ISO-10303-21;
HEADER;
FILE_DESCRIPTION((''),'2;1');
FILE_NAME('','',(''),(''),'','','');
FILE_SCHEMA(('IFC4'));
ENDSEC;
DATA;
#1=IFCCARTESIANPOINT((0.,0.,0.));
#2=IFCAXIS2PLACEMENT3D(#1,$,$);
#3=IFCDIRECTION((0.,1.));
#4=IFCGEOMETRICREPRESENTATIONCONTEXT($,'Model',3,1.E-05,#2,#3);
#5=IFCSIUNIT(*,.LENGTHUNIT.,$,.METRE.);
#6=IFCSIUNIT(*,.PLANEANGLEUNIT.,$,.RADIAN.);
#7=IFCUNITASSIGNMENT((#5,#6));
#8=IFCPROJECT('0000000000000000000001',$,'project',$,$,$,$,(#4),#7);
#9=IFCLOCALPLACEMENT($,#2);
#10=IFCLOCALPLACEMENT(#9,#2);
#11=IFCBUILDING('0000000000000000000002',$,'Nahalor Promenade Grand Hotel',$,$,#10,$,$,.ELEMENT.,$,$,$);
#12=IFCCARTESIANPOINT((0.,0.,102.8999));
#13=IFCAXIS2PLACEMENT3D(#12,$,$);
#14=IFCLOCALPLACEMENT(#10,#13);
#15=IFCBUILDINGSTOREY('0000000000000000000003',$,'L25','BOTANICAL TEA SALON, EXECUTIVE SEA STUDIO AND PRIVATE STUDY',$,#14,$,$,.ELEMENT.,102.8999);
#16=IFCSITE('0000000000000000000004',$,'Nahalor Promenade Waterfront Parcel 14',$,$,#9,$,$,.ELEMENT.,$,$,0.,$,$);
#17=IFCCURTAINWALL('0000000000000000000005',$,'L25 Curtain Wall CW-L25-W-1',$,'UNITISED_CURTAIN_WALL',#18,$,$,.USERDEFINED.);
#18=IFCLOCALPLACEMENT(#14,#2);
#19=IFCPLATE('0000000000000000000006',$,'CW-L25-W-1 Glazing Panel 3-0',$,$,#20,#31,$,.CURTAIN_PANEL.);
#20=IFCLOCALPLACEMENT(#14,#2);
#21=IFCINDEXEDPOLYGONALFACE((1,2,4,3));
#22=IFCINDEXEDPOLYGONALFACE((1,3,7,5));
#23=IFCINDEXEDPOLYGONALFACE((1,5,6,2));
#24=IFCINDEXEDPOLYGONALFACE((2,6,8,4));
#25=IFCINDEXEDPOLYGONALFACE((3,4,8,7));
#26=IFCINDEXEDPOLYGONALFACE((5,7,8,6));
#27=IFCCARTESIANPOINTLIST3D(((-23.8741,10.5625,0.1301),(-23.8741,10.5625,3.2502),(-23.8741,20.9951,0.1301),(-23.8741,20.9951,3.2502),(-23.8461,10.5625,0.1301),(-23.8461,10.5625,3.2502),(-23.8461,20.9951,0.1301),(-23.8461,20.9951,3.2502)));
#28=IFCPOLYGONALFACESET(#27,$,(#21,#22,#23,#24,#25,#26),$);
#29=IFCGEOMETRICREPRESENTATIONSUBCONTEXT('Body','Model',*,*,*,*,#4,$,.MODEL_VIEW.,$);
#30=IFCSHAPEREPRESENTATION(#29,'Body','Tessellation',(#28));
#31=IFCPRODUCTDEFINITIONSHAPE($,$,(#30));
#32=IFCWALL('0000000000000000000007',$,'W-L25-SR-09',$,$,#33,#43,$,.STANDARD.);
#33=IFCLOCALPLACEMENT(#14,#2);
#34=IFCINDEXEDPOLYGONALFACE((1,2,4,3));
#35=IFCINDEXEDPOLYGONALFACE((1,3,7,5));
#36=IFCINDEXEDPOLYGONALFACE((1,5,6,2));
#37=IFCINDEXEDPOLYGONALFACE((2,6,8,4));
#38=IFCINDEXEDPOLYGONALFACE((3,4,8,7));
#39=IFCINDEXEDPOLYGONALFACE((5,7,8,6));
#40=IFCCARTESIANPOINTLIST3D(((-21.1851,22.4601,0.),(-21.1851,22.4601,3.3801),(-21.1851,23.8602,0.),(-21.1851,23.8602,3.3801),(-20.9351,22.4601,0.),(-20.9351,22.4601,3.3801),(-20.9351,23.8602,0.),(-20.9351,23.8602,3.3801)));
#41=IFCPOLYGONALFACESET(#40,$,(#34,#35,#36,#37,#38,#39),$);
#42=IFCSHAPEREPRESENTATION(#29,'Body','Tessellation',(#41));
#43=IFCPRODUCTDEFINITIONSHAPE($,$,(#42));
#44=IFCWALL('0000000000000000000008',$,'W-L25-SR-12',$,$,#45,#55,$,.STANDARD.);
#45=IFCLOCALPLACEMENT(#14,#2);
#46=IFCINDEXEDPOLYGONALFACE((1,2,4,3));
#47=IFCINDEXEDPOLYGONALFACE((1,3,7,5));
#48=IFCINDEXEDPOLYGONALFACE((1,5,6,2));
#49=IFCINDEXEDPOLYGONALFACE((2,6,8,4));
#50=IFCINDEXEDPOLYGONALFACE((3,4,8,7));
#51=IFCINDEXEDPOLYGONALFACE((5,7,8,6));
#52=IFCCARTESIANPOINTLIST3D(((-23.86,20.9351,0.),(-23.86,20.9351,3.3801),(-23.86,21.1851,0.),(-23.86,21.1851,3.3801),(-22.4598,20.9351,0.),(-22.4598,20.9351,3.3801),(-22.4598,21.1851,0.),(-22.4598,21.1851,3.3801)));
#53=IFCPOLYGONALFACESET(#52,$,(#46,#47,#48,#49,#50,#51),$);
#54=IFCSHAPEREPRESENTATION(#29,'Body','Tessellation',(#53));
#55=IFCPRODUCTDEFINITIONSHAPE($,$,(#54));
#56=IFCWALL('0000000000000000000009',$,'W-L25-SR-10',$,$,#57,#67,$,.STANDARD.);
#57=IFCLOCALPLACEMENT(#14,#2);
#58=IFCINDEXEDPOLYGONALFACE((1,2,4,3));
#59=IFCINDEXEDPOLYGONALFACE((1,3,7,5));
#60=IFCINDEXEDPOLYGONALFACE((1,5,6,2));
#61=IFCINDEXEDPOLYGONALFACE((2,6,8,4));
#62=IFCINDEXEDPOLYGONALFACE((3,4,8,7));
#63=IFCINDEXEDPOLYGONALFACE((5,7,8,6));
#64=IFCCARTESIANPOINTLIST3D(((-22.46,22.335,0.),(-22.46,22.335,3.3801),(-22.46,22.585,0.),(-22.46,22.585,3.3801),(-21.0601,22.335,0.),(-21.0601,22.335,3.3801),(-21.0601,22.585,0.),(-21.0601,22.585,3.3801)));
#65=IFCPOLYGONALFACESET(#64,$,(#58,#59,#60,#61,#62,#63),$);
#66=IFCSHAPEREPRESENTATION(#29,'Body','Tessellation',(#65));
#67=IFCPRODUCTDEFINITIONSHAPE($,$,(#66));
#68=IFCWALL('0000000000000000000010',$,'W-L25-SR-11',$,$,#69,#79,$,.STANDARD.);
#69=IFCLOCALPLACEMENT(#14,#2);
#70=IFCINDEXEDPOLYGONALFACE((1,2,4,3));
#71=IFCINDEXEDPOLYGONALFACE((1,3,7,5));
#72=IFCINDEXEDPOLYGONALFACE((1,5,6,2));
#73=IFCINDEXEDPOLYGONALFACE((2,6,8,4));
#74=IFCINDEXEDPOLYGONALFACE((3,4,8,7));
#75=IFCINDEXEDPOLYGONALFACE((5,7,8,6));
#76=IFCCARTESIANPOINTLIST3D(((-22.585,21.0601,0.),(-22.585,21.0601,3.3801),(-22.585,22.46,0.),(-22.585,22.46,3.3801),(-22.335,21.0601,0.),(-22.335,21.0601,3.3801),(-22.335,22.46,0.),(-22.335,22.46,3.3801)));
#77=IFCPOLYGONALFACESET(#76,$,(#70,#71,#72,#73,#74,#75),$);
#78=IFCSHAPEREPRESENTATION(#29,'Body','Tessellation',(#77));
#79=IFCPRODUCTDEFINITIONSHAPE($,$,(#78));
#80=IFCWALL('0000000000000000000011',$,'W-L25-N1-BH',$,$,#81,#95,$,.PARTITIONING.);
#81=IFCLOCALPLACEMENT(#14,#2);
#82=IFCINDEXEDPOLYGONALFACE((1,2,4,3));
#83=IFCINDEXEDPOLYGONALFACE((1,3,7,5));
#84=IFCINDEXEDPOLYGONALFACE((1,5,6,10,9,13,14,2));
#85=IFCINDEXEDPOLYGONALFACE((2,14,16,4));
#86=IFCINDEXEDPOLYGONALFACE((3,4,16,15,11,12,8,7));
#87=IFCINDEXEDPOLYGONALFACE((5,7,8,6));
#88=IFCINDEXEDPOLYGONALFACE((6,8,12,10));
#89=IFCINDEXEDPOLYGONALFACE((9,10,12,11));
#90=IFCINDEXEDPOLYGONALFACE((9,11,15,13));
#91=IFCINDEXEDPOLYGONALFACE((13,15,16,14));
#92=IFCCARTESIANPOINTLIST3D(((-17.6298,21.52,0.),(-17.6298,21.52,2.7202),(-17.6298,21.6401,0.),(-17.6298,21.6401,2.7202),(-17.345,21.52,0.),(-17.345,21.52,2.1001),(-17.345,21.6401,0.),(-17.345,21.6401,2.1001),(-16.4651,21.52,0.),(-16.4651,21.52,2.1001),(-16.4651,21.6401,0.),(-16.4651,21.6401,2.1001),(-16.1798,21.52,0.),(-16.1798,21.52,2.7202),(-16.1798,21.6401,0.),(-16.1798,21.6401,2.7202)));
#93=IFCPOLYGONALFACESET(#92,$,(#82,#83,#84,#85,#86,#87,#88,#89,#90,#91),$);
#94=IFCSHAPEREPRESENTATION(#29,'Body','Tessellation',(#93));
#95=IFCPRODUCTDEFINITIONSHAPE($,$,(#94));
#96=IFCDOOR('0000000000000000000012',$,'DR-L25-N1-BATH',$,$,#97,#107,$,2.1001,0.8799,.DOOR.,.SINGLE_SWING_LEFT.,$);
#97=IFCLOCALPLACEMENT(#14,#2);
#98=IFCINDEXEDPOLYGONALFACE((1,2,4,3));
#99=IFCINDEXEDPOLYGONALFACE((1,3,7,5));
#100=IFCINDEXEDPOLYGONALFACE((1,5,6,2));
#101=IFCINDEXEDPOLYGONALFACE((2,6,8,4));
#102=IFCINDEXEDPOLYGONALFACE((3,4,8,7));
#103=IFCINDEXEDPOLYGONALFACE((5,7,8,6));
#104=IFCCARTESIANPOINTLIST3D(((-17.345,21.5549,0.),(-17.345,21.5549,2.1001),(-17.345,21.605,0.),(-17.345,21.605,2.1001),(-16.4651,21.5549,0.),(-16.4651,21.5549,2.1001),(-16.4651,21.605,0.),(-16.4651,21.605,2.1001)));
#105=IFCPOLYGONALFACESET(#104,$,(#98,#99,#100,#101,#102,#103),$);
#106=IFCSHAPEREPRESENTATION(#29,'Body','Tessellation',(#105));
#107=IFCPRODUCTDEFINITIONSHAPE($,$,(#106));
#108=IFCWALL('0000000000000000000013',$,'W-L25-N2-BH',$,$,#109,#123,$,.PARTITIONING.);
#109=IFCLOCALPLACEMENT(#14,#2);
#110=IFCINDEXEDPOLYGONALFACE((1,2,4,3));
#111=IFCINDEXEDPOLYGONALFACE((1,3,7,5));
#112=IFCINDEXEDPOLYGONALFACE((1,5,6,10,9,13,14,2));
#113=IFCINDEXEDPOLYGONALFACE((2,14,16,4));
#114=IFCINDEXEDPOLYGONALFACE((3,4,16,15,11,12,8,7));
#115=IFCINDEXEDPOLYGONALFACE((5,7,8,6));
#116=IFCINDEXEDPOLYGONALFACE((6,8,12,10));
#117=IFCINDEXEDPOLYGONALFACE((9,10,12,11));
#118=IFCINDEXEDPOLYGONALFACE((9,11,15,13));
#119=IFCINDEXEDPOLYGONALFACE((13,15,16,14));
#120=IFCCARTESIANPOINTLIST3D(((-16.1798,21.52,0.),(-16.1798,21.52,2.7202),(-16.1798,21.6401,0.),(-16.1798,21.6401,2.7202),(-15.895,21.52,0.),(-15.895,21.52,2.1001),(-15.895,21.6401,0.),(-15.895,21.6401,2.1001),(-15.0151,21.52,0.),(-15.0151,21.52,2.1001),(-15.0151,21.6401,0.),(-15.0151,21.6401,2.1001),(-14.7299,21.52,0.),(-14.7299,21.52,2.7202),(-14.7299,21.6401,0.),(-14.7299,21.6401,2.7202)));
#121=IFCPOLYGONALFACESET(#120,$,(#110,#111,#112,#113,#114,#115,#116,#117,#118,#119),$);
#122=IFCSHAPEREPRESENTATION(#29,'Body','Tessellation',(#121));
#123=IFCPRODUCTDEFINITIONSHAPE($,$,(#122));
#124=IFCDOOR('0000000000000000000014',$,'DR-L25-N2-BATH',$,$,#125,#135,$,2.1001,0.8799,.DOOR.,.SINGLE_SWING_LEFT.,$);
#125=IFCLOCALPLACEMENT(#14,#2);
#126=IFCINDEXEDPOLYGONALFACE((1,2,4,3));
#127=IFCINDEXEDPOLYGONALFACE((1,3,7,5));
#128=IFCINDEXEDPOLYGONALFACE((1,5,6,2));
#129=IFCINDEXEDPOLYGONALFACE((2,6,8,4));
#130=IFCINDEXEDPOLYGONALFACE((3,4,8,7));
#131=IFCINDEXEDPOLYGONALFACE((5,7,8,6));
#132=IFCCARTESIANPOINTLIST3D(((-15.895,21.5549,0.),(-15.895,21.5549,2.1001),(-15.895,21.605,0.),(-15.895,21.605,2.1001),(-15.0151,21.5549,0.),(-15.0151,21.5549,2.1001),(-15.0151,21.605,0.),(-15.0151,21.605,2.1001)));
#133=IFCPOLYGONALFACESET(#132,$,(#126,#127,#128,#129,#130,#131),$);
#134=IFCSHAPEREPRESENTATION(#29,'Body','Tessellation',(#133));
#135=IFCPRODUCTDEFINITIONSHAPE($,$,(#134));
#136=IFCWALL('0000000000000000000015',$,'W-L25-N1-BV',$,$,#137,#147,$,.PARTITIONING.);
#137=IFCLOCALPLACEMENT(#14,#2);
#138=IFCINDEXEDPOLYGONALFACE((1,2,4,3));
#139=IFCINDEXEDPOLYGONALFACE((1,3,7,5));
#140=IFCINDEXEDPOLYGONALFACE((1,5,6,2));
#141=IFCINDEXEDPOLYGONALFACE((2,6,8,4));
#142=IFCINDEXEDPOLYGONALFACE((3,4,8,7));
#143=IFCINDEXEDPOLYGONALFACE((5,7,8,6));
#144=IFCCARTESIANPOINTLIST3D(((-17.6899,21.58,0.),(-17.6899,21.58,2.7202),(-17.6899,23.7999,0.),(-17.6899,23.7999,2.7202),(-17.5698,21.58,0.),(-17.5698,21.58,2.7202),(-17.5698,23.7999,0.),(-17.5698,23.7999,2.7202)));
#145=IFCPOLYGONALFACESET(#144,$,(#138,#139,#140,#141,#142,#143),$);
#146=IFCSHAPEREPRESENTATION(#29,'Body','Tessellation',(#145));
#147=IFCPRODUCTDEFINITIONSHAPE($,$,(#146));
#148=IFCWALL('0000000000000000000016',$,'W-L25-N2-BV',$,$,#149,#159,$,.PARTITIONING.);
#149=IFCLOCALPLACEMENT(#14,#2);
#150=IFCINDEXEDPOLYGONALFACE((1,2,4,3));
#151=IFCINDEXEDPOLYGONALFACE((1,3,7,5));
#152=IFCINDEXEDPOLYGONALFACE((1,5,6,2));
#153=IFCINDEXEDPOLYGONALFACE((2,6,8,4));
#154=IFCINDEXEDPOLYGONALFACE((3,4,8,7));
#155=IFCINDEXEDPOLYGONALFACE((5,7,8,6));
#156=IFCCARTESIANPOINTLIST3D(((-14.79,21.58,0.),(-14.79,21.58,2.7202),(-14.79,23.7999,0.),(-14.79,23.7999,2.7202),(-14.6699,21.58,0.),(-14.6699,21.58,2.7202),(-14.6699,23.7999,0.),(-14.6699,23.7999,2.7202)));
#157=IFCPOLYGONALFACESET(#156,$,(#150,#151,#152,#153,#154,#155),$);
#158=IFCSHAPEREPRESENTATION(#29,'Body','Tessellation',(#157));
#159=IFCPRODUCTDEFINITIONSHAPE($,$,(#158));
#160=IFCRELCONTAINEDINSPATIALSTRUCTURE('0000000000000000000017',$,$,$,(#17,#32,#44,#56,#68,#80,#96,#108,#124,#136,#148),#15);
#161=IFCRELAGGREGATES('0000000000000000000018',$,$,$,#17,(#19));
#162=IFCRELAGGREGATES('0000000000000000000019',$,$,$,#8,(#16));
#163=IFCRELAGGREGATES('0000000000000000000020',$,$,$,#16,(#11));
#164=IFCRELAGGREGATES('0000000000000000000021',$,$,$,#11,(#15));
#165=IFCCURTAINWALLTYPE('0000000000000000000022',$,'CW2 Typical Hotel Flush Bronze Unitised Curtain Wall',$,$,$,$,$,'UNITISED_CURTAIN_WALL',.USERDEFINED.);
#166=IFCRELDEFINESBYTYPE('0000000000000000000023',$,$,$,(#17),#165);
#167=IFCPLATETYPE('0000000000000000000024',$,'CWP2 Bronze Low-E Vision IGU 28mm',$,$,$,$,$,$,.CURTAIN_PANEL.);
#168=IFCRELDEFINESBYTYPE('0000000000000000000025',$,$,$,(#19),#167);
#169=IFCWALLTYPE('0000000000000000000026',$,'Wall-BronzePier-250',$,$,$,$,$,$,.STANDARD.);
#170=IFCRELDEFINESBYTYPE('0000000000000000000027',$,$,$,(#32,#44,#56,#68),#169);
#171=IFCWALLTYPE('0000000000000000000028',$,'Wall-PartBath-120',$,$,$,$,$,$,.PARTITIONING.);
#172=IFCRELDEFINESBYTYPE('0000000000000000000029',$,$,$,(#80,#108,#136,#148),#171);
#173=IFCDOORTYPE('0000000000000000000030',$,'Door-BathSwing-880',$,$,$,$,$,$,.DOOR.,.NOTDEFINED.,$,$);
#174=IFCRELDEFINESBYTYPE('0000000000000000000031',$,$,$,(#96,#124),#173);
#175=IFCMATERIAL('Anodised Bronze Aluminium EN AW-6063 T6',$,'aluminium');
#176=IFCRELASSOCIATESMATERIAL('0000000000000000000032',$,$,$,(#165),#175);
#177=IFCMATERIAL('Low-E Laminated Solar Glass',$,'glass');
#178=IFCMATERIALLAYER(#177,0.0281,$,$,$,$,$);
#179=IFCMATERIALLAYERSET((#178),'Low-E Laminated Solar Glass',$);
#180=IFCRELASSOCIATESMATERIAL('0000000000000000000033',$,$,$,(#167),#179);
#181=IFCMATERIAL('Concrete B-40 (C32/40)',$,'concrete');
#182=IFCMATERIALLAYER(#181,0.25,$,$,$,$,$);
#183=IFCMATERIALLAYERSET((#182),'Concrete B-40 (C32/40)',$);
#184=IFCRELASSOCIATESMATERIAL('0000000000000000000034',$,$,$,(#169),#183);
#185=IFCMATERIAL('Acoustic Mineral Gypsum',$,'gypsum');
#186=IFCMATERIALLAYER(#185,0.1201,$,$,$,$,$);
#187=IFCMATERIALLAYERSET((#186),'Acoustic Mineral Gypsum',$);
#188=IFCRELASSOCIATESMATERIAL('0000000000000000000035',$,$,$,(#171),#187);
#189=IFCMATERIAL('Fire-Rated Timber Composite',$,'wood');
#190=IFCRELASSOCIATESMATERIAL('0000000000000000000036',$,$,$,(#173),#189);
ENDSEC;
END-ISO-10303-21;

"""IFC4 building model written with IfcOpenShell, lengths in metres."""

from ifc_helpers import new_model, si_unit, direction, frame, frame_2d, origin, origin_2d, place, context, subcontext, project, spatial, rectangle, extrude, source, transform, mapped, material, layer, layer_set, type_object, element, fill, aggregate, save


model = new_model("IFC4")

# Units and contexts
model_context = context("Model", 3, precision=1e-05, world=origin(), true_north=direction((0.0, 1.0)))
body_context = subcontext(model_context, "Body", "Model", "MODEL_VIEW")
ifc_project = project(units=[si_unit("LENGTHUNIT", "METRE"), si_unit("PLANEANGLEUNIT", "RADIAN")], contexts=[model_context])

# Site, building, storey
site_placement = place(None, origin())
site = spatial("IfcSite", under=ifc_project, at=site_placement, Name="Nahalor Promenade Waterfront Parcel 14", CompositionType="ELEMENT", RefElevation=0.0)
building_placement = place(site_placement, origin())
building = spatial("IfcBuilding", under=site, at=building_placement, Name="Nahalor Promenade Grand Hotel", CompositionType="ELEMENT")
storey_placement = place(building_placement, frame((0.0, 0.0, 102.8999)))
storey = spatial("IfcBuildingStorey", under=building, at=storey_placement, Name="L25", Description="BOTANICAL TEA SALON, EXECUTIVE SEA STUDIO AND PRIVATE STUDY", CompositionType="ELEMENT", Elevation=102.8999)

# Shared definitions
ifc_material_1 = material(Name="Anodised Bronze Aluminium EN AW-6063 T6", Category="aluminium")
curtain_wall_type = type_object("IfcCurtainWallType", Name="CW2 Typical Hotel Flush Bronze Unitised Curtain Wall", ElementType="UNITISED_CURTAIN_WALL", PredefinedType="USERDEFINED", material=ifc_material_1)

# Curtain wall
curtain_wall_1_placement = place(storey_placement, origin())
curtain_wall_1 = element("IfcCurtainWall", 1, at=curtain_wall_1_placement, inside=storey, type_object=curtain_wall_type, Name="L25 Curtain Wall CW-L25-W-1", ObjectType="UNITISED_CURTAIN_WALL", PredefinedType="USERDEFINED")

# Plate
ifc_material_2 = material(Name="Low-E Laminated Solar Glass", Category="glass")
ifc_layer_1 = layer(ifc_material_2, 0.0281)
ifc_layer_set_1 = layer_set([ifc_layer_1], Name="Low-E Laminated Solar Glass")
plate_type = type_object("IfcPlateType", Name="CWP2 Bronze Low-E Vision IGU 28mm", PredefinedType="CURTAIN_PANEL", material=ifc_layer_set_1)
shared_shape_1 = source(origin(), body_context, "Body", "SweptSolid", [
    extrude(rectangle(XDim=10.4326, YDim=0.0281, at=origin_2d()), origin(), (0.0, 0.0, 1.0), 3.1201),
])
plate_1_placement = place(storey_placement, frame((-23.8601, 15.7788, 0.1301), z_axis=(0.0, 0.0, 1.0), x_axis=(0.0, 1.0, 0.0)))
plate_1 = element("IfcPlate", 2, at=plate_1_placement, type_object=plate_type, Name="CW-L25-W-1 Glazing Panel 3-0", PredefinedType="CURTAIN_PANEL", context=body_context, shape_type="MappedRepresentation", body=[
    mapped(shared_shape_1, transform((0.0, 0.0, 0.0), scale=1.0)),
])
aggregate(curtain_wall_1, [plate_1])

# Walls
ifc_material_3 = material(Name="Concrete B-40 (C32/40)", Category="concrete")
ifc_layer_2 = layer(ifc_material_3, 0.25)
ifc_layer_set_2 = layer_set([ifc_layer_2], Name="Concrete B-40 (C32/40)")
wall_type_1 = type_object("IfcWallType", Name="Wall-BronzePier-250", PredefinedType="STANDARD", material=ifc_layer_set_2)
shared_shape_2 = source(origin(), body_context, "Body", "SweptSolid", [
    extrude(rectangle(XDim=1.4001, YDim=0.25, at=frame_2d((0.7002, 0.0))), origin(), (0.0, 0.0, 1.0), 3.3801),
])
for number, where, z_axis, x_axis, name in (
    (3, (-21.0601, 22.46, 0.0), (0.0, 0.0, 1.0), (0.0, 1.0, 0.0), "W-L25-SR-09"),
    (4, (-23.8601, 21.0601, 0.0), (0.0, 0.0, 1.0), (1.0, 0.0, 0.0), "W-L25-SR-12"),
):
    element("IfcWall", number, at=place(storey_placement, frame(where, z_axis=z_axis, x_axis=x_axis)), inside=storey, type_object=wall_type_1, Name=name, PredefinedType="STANDARD", context=body_context, shape_type="MappedRepresentation", body=[
        mapped(shared_shape_2, transform((0.0, 0.0, 0.0), scale=1.0)),
    ])
shared_shape_3 = source(origin(), body_context, "Body", "SweptSolid", [
    extrude(rectangle(XDim=1.3999, YDim=0.25, at=frame_2d((0.7, 0.0))), origin(), (0.0, 0.0, 1.0), 3.3801),
])
for number, where, z_axis, x_axis, name in (
    (5, (-22.46, 22.46, 0.0), (0.0, 0.0, 1.0), (1.0, 0.0, 0.0), "W-L25-SR-10"),
    (6, (-22.46, 21.0601, 0.0), (0.0, 0.0, 1.0), (0.0, 1.0, 0.0), "W-L25-SR-11"),
):
    element("IfcWall", number, at=place(storey_placement, frame(where, z_axis=z_axis, x_axis=x_axis)), inside=storey, type_object=wall_type_1, Name=name, PredefinedType="STANDARD", context=body_context, shape_type="MappedRepresentation", body=[
        mapped(shared_shape_3, transform((0.0, 0.0, 0.0), scale=1.0)),
    ])

# Walls, openings, doors
ifc_material_4 = material(Name="Acoustic Mineral Gypsum", Category="gypsum")
ifc_layer_3 = layer(ifc_material_4, 0.1201)
ifc_layer_set_3 = layer_set([ifc_layer_3], Name="Acoustic Mineral Gypsum")
wall_type_2 = type_object("IfcWallType", Name="Wall-PartBath-120", PredefinedType="PARTITIONING", material=ifc_layer_set_3)
shared_shape_4 = source(origin(), body_context, "Body", "SweptSolid", [
    extrude(rectangle(XDim=1.45, YDim=0.1201, at=frame_2d((0.7251, 0.0))), origin(), (0.0, 0.0, 1.0), 2.7202),
])
wall_1_placement = place(storey_placement, frame((-17.6299, 21.5801, 0.0), z_axis=(0.0, 0.0, 1.0), x_axis=(1.0, 0.0, 0.0)))
wall_1 = element("IfcWall", 7, at=wall_1_placement, inside=storey, type_object=wall_type_2, Name="W-L25-N1-BH", PredefinedType="PARTITIONING", context=body_context, shape_type="MappedRepresentation", body=[
    mapped(shared_shape_4, transform((0.0, 0.0, 0.0), scale=1.0)),
])
opening_1_placement = place(wall_1_placement, frame((0.2849, 0.0, 0.0)))
opening_1 = element("IfcOpeningElement", 8, at=opening_1_placement, cuts=wall_1, PredefinedType="OPENING", context=body_context, shape_type="SweptSolid", body=[
    extrude(rectangle(XDim=0.8799, YDim=2.1001, at=frame_2d((0.4399, 1.05))), frame((0.0, 0.0701, 0.0), z_axis=(0.0, -1.0, 0.0), x_axis=(1.0, 0.0, 0.0)), (0.0, 0.0, 1.0), 0.1401),
])
ifc_material_5 = material(Name="Fire-Rated Timber Composite", Category="wood")
door_type = type_object("IfcDoorType", Name="Door-BathSwing-880", OperationType="NOTDEFINED", PredefinedType="DOOR", material=ifc_material_5)
shared_shape_5 = source(origin(), body_context, "Body", "SweptSolid", [
    extrude(rectangle(XDim=0.8799, YDim=2.1001, at=frame_2d((0.4399, 1.05))), frame((0.0, 0.0249, 0.0), z_axis=(0.0, -1.0, 0.0), x_axis=(1.0, 0.0, 0.0)), (0.0, 0.0, 1.0), 0.05),
])
door_1_placement = place(opening_1_placement, origin())
door_1 = element("IfcDoor", 9, at=door_1_placement, inside=storey, type_object=door_type, Name="DR-L25-N1-BATH", OperationType="SINGLE_SWING_LEFT", OverallHeight=2.1001, OverallWidth=0.8799, PredefinedType="DOOR", context=body_context, shape_type="MappedRepresentation", body=[
    mapped(shared_shape_5, transform((0.0, 0.0, 0.0), scale=1.0)),
])
fill(opening_1, door_1)
wall_2_placement = place(storey_placement, frame((-16.1799, 21.5801, 0.0), z_axis=(0.0, 0.0, 1.0), x_axis=(1.0, 0.0, 0.0)))
wall_2 = element("IfcWall", 10, at=wall_2_placement, inside=storey, type_object=wall_type_2, Name="W-L25-N2-BH", PredefinedType="PARTITIONING", context=body_context, shape_type="MappedRepresentation", body=[
    mapped(shared_shape_4, transform((0.0, 0.0, 0.0), scale=1.0)),
])
opening_2_placement = place(wall_2_placement, frame((0.2849, 0.0, 0.0)))
opening_2 = element("IfcOpeningElement", 11, at=opening_2_placement, cuts=wall_2, PredefinedType="OPENING", context=body_context, shape_type="SweptSolid", body=[
    extrude(rectangle(XDim=0.8799, YDim=2.1001, at=frame_2d((0.4399, 1.05))), frame((0.0, 0.0701, 0.0), z_axis=(0.0, -1.0, 0.0), x_axis=(1.0, 0.0, 0.0)), (0.0, 0.0, 1.0), 0.1401),
])
door_2_placement = place(opening_2_placement, origin())
door_2 = element("IfcDoor", 12, at=door_2_placement, inside=storey, type_object=door_type, Name="DR-L25-N2-BATH", OperationType="SINGLE_SWING_LEFT", OverallHeight=2.1001, OverallWidth=0.8799, PredefinedType="DOOR", context=body_context, shape_type="MappedRepresentation", body=[
    mapped(shared_shape_5, transform((0.0, 0.0, 0.0), scale=1.0)),
])
fill(opening_2, door_2)

# Walls
shared_shape_6 = source(origin(), body_context, "Body", "SweptSolid", [
    extrude(rectangle(XDim=2.22, YDim=0.1201, at=frame_2d((1.1099, 0.0))), origin(), (0.0, 0.0, 1.0), 2.7202),
])
for number, where, z_axis, x_axis, name in (
    (13, (-17.6299, 21.5801, 0.0), (0.0, 0.0, 1.0), (0.0, 1.0, 0.0), "W-L25-N1-BV"),
    (14, (-14.73, 21.5801, 0.0), (0.0, 0.0, 1.0), (0.0, 1.0, 0.0), "W-L25-N2-BV"),
):
    element("IfcWall", number, at=place(storey_placement, frame(where, z_axis=z_axis, x_axis=x_axis)), inside=storey, type_object=wall_type_2, Name=name, PredefinedType="PARTITIONING", context=body_context, shape_type="MappedRepresentation", body=[
        mapped(shared_shape_6, transform((0.0, 0.0, 0.0), scale=1.0)),
    ])

save(model, "model.ifc")
